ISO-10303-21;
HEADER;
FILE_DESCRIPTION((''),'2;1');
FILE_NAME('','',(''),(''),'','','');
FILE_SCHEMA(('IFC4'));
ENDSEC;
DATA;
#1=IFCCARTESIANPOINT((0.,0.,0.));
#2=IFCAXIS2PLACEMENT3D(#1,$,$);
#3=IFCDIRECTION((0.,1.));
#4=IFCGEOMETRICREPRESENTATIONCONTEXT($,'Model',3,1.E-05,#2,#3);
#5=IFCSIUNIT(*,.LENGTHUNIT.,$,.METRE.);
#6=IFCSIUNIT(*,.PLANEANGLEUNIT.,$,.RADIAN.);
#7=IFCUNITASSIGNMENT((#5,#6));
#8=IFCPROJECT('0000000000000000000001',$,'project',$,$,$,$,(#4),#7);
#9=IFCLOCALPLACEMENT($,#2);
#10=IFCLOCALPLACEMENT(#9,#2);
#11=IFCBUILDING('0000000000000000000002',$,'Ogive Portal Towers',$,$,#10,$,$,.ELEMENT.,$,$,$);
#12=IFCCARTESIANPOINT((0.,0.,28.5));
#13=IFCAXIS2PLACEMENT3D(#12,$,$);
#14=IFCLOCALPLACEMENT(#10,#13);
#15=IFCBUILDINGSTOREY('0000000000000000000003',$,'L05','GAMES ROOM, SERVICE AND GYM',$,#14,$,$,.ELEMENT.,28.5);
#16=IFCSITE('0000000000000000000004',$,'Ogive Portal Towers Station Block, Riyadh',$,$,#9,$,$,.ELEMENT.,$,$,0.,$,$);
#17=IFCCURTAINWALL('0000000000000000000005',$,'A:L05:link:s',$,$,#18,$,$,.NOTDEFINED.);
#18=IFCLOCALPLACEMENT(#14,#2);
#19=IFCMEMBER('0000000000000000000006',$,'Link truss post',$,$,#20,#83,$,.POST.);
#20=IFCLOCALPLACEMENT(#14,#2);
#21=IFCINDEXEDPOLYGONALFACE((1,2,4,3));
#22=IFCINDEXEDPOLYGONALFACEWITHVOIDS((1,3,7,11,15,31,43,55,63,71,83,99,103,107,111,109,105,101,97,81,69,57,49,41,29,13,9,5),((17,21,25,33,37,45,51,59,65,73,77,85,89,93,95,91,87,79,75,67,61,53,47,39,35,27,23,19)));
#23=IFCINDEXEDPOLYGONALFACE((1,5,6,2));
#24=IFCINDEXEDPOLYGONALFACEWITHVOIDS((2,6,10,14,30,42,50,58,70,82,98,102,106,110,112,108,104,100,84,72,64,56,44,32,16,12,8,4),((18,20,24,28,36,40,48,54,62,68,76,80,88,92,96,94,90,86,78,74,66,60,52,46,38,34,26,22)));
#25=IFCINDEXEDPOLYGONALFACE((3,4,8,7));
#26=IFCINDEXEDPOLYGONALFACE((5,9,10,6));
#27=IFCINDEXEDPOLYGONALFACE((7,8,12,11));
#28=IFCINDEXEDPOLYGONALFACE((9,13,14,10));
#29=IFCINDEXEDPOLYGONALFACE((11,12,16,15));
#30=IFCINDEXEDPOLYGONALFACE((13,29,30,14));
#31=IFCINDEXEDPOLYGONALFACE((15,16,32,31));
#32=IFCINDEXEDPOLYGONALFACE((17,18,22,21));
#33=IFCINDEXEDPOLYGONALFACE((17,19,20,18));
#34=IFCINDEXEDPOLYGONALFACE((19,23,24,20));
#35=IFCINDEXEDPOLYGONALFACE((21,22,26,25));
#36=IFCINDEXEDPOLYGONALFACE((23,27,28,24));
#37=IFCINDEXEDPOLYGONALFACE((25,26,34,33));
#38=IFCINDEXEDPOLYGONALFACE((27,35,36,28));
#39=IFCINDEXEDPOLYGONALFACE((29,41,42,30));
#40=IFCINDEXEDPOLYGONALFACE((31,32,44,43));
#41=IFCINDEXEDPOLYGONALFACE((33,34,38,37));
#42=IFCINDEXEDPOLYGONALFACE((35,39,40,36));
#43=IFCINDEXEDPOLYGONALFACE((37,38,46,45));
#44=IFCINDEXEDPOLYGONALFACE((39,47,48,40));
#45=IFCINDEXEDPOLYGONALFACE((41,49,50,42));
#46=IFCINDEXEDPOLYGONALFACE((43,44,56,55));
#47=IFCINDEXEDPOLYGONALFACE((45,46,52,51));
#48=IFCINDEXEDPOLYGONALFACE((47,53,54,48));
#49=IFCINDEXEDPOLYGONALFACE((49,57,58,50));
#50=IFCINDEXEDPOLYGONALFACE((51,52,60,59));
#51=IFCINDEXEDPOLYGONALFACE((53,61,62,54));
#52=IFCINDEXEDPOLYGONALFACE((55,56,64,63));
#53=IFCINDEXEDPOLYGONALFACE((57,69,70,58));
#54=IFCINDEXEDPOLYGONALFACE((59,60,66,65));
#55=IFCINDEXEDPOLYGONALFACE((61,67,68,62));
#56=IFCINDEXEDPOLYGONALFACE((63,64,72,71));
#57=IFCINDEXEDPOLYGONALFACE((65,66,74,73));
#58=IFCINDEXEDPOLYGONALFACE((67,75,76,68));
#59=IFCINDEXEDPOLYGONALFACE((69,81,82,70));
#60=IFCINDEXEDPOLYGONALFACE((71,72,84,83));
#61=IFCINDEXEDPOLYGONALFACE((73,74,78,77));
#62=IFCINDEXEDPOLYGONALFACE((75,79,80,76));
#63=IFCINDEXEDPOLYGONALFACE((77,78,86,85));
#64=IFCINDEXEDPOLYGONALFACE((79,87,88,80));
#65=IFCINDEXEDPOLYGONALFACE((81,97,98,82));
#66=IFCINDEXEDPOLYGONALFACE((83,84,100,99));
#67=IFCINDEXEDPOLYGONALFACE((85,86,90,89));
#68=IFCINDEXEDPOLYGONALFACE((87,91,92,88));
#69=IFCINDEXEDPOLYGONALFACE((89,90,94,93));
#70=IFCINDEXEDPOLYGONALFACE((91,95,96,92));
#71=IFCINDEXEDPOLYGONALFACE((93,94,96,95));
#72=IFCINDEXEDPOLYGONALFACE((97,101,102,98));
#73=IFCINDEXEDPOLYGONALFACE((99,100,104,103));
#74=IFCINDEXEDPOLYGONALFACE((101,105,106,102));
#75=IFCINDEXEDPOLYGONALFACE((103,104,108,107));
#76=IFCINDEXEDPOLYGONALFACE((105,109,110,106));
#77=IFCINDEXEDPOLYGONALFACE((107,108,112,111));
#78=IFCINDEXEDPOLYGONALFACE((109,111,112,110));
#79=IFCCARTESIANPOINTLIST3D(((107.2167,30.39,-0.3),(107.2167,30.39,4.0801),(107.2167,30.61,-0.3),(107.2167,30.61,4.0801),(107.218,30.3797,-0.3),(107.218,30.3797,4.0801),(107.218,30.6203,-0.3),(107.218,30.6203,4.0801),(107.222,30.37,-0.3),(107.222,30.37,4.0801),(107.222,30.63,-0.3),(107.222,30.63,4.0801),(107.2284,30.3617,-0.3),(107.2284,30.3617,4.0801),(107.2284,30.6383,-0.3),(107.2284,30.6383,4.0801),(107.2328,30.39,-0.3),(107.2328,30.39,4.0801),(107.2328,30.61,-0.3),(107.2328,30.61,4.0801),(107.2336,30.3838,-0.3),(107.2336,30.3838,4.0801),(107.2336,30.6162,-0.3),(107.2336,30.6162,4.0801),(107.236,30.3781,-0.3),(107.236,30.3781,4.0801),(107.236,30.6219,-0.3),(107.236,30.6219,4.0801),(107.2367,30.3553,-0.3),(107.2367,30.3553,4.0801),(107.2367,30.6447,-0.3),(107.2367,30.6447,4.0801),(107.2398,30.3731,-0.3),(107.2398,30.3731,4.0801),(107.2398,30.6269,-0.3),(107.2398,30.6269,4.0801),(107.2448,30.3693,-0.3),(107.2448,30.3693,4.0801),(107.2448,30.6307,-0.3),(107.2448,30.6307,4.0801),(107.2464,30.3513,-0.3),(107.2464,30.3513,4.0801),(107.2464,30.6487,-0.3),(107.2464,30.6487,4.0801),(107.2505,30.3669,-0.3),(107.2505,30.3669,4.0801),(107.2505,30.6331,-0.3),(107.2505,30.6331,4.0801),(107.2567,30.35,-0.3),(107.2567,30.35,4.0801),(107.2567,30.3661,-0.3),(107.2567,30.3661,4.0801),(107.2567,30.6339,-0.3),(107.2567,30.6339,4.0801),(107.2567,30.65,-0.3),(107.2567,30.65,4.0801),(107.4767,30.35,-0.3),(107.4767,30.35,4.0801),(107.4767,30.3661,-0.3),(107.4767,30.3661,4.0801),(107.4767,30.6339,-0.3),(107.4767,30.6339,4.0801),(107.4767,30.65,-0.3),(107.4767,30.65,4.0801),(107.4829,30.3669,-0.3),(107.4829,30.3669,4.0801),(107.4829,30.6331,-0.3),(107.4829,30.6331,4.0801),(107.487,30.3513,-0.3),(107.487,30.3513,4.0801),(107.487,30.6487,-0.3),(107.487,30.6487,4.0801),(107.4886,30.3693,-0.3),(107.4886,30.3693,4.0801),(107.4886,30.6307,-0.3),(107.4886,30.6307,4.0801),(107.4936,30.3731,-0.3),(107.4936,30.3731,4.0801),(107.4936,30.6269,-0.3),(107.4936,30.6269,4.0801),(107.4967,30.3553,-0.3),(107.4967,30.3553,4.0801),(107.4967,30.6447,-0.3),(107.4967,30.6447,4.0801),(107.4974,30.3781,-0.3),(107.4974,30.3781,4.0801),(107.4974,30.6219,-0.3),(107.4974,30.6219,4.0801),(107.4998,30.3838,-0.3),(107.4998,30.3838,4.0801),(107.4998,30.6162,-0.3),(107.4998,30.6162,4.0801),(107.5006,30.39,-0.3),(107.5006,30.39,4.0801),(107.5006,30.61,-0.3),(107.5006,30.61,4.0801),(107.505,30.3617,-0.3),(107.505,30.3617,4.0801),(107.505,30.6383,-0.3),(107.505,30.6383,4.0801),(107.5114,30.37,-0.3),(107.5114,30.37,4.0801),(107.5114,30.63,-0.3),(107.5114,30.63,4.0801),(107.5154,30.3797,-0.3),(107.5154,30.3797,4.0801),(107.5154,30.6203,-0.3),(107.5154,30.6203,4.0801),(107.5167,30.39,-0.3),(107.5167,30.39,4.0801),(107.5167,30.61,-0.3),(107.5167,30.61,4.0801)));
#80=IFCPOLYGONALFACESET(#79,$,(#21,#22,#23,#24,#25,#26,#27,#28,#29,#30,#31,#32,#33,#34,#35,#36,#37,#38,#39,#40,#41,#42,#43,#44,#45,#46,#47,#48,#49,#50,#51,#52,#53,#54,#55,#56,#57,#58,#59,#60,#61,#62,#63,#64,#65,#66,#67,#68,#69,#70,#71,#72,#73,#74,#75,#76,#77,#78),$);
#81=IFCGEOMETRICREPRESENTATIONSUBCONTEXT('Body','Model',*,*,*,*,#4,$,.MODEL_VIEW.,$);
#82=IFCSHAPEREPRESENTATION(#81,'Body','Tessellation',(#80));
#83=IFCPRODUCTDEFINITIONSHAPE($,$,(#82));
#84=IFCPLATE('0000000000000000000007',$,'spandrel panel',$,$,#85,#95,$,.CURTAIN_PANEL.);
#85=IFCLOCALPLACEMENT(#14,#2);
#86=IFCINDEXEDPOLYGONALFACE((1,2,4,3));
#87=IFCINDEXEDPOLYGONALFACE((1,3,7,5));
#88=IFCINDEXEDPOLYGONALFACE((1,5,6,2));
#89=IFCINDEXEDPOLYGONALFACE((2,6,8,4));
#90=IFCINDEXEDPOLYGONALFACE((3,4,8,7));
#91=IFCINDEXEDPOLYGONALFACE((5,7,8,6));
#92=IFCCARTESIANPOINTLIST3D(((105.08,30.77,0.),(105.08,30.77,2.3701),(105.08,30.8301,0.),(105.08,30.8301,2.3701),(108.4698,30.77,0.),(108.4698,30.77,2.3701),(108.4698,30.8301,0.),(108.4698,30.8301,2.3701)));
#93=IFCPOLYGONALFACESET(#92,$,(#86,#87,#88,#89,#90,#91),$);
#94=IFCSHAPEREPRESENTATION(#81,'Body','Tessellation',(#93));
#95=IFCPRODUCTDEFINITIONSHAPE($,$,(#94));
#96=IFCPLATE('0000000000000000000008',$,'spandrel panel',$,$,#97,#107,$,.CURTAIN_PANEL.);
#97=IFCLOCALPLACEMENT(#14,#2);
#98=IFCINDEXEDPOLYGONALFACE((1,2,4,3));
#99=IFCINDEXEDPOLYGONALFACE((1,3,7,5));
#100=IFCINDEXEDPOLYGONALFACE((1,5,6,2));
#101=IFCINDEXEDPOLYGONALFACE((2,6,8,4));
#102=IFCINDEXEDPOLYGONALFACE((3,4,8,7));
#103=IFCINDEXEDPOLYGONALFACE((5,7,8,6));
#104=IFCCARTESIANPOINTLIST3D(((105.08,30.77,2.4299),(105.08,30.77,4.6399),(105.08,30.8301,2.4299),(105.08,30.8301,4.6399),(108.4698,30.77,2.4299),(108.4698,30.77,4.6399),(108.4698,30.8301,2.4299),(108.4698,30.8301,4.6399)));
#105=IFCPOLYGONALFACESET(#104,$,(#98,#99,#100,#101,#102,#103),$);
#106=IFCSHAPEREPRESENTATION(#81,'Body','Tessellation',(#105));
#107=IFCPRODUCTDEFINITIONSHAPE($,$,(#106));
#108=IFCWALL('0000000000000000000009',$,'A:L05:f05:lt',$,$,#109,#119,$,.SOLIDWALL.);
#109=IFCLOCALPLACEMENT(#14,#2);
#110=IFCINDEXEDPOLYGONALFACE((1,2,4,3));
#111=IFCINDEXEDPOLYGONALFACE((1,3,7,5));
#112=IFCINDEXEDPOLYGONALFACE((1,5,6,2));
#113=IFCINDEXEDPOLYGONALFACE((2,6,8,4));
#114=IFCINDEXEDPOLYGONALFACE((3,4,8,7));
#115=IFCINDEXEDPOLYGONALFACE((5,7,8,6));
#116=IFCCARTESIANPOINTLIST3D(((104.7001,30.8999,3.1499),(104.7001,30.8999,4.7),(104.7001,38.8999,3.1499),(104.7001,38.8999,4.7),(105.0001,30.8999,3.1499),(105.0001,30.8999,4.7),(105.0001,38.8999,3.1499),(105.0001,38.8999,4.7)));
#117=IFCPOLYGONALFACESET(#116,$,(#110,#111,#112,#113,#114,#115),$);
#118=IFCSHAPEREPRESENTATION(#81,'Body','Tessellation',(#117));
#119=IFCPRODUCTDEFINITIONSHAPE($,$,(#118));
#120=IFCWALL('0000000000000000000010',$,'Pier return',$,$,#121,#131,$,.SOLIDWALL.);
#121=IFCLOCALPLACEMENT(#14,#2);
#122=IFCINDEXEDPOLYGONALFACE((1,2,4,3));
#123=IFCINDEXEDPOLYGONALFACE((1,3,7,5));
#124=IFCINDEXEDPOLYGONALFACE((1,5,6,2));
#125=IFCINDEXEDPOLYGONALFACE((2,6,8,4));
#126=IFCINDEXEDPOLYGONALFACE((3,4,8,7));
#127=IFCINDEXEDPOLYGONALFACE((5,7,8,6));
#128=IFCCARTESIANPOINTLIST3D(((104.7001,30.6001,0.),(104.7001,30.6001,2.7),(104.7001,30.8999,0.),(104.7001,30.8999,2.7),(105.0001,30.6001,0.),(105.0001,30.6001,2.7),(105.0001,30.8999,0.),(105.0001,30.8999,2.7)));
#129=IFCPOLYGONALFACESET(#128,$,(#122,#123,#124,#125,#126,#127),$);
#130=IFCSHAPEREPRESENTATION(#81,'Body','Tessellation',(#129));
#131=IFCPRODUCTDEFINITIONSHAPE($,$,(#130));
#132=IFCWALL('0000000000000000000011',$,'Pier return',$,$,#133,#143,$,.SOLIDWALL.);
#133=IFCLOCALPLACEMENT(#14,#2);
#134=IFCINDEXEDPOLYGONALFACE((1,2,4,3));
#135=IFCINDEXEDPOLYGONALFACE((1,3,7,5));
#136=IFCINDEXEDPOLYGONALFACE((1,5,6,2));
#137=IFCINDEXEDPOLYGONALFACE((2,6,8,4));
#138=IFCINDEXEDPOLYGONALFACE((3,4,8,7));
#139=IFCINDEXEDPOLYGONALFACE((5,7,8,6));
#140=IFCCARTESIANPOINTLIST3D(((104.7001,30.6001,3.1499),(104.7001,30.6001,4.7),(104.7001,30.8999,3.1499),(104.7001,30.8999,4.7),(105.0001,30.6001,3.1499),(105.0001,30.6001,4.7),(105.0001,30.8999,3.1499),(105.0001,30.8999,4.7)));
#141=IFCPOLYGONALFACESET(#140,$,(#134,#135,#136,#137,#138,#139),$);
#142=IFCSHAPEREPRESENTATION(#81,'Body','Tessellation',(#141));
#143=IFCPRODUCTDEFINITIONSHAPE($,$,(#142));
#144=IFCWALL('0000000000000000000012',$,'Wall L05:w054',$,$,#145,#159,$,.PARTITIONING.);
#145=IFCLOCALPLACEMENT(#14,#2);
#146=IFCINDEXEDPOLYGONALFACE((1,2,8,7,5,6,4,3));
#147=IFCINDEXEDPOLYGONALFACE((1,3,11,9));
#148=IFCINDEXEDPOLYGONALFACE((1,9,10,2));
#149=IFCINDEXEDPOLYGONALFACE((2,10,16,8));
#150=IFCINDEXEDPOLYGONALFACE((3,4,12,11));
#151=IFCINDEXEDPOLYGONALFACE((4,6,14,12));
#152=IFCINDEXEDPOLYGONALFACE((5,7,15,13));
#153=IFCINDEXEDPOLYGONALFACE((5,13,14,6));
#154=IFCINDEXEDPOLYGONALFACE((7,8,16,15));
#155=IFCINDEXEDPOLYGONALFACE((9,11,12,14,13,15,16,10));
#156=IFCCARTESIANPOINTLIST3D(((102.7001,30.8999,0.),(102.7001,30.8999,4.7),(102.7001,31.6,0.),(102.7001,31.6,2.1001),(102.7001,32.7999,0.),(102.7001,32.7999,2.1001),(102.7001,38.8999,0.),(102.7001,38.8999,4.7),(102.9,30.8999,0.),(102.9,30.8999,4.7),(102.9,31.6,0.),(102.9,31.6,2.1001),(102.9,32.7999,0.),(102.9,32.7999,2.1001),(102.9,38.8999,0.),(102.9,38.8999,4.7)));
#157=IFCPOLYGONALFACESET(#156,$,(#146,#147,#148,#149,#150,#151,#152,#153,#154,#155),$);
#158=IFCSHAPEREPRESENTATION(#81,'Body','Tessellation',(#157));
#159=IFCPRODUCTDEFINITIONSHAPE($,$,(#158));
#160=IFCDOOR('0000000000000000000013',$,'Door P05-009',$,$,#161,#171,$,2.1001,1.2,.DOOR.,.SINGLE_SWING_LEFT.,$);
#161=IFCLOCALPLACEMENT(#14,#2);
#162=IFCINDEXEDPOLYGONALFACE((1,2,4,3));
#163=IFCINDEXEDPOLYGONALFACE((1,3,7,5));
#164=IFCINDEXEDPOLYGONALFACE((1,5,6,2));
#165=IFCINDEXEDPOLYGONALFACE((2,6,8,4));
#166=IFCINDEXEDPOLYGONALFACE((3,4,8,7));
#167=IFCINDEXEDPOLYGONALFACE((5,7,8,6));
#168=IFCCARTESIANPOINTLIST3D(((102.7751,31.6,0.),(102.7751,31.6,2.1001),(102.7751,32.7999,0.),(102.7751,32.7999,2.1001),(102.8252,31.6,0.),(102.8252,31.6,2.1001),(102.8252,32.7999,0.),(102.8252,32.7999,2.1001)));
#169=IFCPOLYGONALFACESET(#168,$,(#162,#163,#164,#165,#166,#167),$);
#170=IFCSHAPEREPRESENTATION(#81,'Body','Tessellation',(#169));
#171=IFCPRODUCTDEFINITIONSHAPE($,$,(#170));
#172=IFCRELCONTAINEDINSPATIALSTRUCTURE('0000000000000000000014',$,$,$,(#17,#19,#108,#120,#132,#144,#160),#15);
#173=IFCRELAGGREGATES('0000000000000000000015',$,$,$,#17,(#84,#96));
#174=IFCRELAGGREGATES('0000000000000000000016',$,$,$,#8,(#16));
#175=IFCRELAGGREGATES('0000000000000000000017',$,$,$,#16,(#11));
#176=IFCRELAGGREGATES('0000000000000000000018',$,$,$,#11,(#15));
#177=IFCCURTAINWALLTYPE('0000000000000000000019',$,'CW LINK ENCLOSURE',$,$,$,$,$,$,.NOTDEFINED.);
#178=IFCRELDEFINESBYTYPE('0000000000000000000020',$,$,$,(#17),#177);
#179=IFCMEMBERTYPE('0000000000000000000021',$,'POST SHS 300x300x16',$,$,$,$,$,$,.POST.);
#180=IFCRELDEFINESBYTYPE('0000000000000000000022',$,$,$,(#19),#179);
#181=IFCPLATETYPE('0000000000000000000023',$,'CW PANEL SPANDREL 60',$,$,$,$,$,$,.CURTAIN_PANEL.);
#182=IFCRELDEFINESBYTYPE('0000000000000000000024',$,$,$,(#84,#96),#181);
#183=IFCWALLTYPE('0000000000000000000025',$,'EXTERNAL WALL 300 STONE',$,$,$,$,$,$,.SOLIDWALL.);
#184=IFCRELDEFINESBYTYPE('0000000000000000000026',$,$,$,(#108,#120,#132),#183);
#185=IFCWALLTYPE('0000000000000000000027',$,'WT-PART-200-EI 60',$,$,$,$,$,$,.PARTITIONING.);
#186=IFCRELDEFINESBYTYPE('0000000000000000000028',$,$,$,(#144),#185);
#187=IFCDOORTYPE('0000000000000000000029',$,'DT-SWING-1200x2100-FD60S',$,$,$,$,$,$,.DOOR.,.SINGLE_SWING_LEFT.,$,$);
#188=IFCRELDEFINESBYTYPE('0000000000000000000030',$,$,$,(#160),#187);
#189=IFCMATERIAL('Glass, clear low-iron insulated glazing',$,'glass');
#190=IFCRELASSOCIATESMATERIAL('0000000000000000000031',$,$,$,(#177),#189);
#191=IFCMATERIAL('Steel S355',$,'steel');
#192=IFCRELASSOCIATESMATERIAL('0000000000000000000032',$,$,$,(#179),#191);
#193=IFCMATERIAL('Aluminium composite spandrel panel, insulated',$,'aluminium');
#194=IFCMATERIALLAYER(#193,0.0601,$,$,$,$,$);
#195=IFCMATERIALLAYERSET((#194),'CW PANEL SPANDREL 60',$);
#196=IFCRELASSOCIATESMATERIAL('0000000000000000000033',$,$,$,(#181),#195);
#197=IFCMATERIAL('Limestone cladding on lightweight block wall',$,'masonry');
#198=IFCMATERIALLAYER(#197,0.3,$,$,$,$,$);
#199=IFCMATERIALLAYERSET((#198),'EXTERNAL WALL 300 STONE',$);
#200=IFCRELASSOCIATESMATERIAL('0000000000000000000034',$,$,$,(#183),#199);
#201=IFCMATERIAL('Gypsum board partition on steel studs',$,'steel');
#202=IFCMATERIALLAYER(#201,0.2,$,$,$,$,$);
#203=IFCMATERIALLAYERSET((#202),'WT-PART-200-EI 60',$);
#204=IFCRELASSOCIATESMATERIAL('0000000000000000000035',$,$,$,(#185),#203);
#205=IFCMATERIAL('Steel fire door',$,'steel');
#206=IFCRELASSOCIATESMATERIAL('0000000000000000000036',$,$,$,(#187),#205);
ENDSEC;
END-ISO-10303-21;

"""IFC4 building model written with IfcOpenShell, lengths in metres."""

from ifc_helpers import new_model, si_unit, direction, frame, frame_2d, origin, origin_2d, place, context, subcontext, project, spatial, rectangle, hollow_rectangle, extrude, material, layer, layer_set, material_profile, profile_set, type_object, element, fill, aggregate, save


model = new_model("IFC4")

# Units and contexts
model_context = context("Model", 3, precision=1e-05, world=origin(), true_north=direction((0.0, 1.0)))
body_context = subcontext(model_context, "Body", "Model", "MODEL_VIEW")
ifc_project = project(units=[si_unit("LENGTHUNIT", "METRE"), si_unit("PLANEANGLEUNIT", "RADIAN")], contexts=[model_context])

# Site, building, storey
site_placement = place(None, origin())
site = spatial("IfcSite", under=ifc_project, at=site_placement, Name="Ogive Portal Towers Station Block, Riyadh", CompositionType="ELEMENT", RefElevation=0.0)
building_placement = place(site_placement, origin())
building = spatial("IfcBuilding", under=site, at=building_placement, Name="Ogive Portal Towers", CompositionType="ELEMENT")
storey_placement = place(building_placement, frame((0.0, 0.0, 28.5)))
storey = spatial("IfcBuildingStorey", under=building, at=storey_placement, Name="L05", Description="GAMES ROOM, SERVICE AND GYM", CompositionType="ELEMENT", Elevation=28.5)

# Shared definitions
ifc_material_1 = material(Name="Steel S355", Category="steel")

# Curtain wall
ifc_material_2 = material(Name="Glass, clear low-iron insulated glazing", Category="glass")
curtain_wall_type = type_object("IfcCurtainWallType", Name="CW LINK ENCLOSURE", PredefinedType="NOTDEFINED", material=ifc_material_2)
curtain_wall_placement = place(storey_placement, origin())
curtain_wall = element("IfcCurtainWall", 1, at=curtain_wall_placement, inside=storey, type_object=curtain_wall_type, Name="A:L05:link:s", PredefinedType="NOTDEFINED")

# Member
ifc_material_profile_1 = material_profile(ifc_material_1, hollow_rectangle(XDim=0.3, YDim=0.3, WallThickness=0.0161, InnerFilletRadius=0.0239, OuterFilletRadius=0.04, at=origin_2d()), Name="SHS 300x300x16")
ifc_profile_set_1 = profile_set([ifc_material_profile_1], Name="Steel S355")
member_type_1 = type_object("IfcMemberType", Name="POST SHS 300x300x16", PredefinedType="POST", material=ifc_profile_set_1)
member_1_placement = place(storey_placement, frame((107.3667, 30.5, -0.3), z_axis=(0.0, 0.0, 1.0), x_axis=(1.0, 0.0, 0.0)))
element("IfcMember", 2, at=member_1_placement, inside=storey, type_object=member_type_1, Name="Link truss post", PredefinedType="POST", context=body_context, shape_type="SweptSolid", body=[
    extrude(hollow_rectangle(XDim=0.3, YDim=0.3, WallThickness=0.0161, InnerFilletRadius=0.0239, OuterFilletRadius=0.04, at=origin_2d()), origin(), (0.0, 0.0, 1.0), 4.3801),
])

# Plates
ifc_material_3 = material(Name="Aluminium composite spandrel panel, insulated", Category="aluminium")
ifc_layer_1 = layer(ifc_material_3, 0.0601)
ifc_layer_set_1 = layer_set([ifc_layer_1], Name="CW PANEL SPANDREL 60")
plate_type = type_object("IfcPlateType", Name="CW PANEL SPANDREL 60", PredefinedType="CURTAIN_PANEL", material=ifc_layer_set_1)
plate_1_placement = place(storey_placement, frame((106.7749, 30.8, 0.0), z_axis=(0.0, 0.0, 1.0), x_axis=(1.0, 0.0, 0.0)))
plate_1 = element("IfcPlate", 3, at=plate_1_placement, type_object=plate_type, Name="spandrel panel", PredefinedType="CURTAIN_PANEL", context=body_context, shape_type="SweptSolid", body=[
    extrude(rectangle(XDim=3.3899, YDim=0.0601, at=origin_2d()), origin(), (0.0, 0.0, 1.0), 2.3701),
])
plate_2_placement = place(storey_placement, frame((106.7749, 30.8, 2.4299), z_axis=(0.0, 0.0, 1.0), x_axis=(1.0, 0.0, 0.0)))
plate_2 = element("IfcPlate", 4, at=plate_2_placement, type_object=plate_type, Name="spandrel panel", PredefinedType="CURTAIN_PANEL", context=body_context, shape_type="SweptSolid", body=[
    extrude(rectangle(XDim=3.3899, YDim=0.0601, at=origin_2d()), origin(), (0.0, 0.0, 1.0), 2.21),
])
aggregate(curtain_wall, [plate_1, plate_2])

# Walls
ifc_material_4 = material(Name="Limestone cladding on lightweight block wall", Category="masonry")
ifc_layer_2 = layer(ifc_material_4, 0.3)
ifc_layer_set_2 = layer_set([ifc_layer_2], Name="EXTERNAL WALL 300 STONE")
wall_type_1 = type_object("IfcWallType", Name="EXTERNAL WALL 300 STONE", PredefinedType="SOLIDWALL", material=ifc_layer_set_2)
wall_1_placement = place(storey_placement, frame((104.8501, 30.8999, 3.1499), z_axis=(0.0, 0.0, 1.0), x_axis=(0.0, 1.0, 0.0)))
element("IfcWall", 5, at=wall_1_placement, inside=storey, type_object=wall_type_1, Name="A:L05:f05:lt", PredefinedType="SOLIDWALL", context=body_context, shape_type="SweptSolid", body=[
    extrude(rectangle(XDim=8.0, YDim=0.3, at=frame_2d((4.0, 0.0))), origin(), (0.0, 0.0, 1.0), 1.55),
])
wall_2_placement = place(storey_placement, frame((104.8501, 30.6001, 0.0), z_axis=(0.0, 0.0, 1.0), x_axis=(0.0, 1.0, 0.0)))
element("IfcWall", 6, at=wall_2_placement, inside=storey, type_object=wall_type_1, Name="Pier return", PredefinedType="SOLIDWALL", context=body_context, shape_type="SweptSolid", body=[
    extrude(rectangle(XDim=0.2998, YDim=0.3, at=frame_2d((0.1499, 0.0))), origin(), (0.0, 0.0, 1.0), 2.7),
])
wall_3_placement = place(storey_placement, frame((104.8501, 30.6001, 3.1499), z_axis=(0.0, 0.0, 1.0), x_axis=(0.0, 1.0, 0.0)))
element("IfcWall", 7, at=wall_3_placement, inside=storey, type_object=wall_type_1, Name="Pier return", PredefinedType="SOLIDWALL", context=body_context, shape_type="SweptSolid", body=[
    extrude(rectangle(XDim=0.2998, YDim=0.3, at=frame_2d((0.1499, 0.0))), origin(), (0.0, 0.0, 1.0), 1.55),
])

# Wall, opening, door
ifc_material_5 = material(Name="Gypsum board partition on steel studs", Category="steel")
ifc_layer_3 = layer(ifc_material_5, 0.2)
ifc_layer_set_3 = layer_set([ifc_layer_3], Name="WT-PART-200-EI 60")
wall_type_2 = type_object("IfcWallType", Name="WT-PART-200-EI 60", PredefinedType="PARTITIONING", material=ifc_layer_set_3)
wall_4_placement = place(storey_placement, frame((102.8, 30.8999, 0.0), z_axis=(0.0, 0.0, 1.0), x_axis=(0.0, 1.0, 0.0)))
wall_4 = element("IfcWall", 8, at=wall_4_placement, inside=storey, type_object=wall_type_2, Name="Wall L05:w054", PredefinedType="PARTITIONING", context=body_context, shape_type="SweptSolid", body=[
    extrude(rectangle(XDim=8.0, YDim=0.2, at=frame_2d((4.0, 0.0))), origin(), (0.0, 0.0, 1.0), 4.7),
])
opening_1_placement = place(wall_4_placement, frame((0.7, 0.0, 0.0)))
opening_1 = element("IfcOpeningElement", 9, at=opening_1_placement, cuts=wall_4, PredefinedType="OPENING", context=body_context, shape_type="SweptSolid", body=[
    extrude(rectangle(XDim=1.2, YDim=2.1001, at=frame_2d((0.6001, 1.05))), frame((0.0, 0.1099, 0.0), z_axis=(0.0, -1.0, 0.0), x_axis=(1.0, 0.0, 0.0)), (0.0, 0.0, 1.0), 0.22),
])
ifc_material_6 = material(Name="Steel fire door", Category="steel")
door_type = type_object("IfcDoorType", Name="DT-SWING-1200x2100-FD60S", OperationType="SINGLE_SWING_LEFT", PredefinedType="DOOR", material=ifc_material_6)
door_1_placement = place(opening_1_placement, origin())
door_1 = element("IfcDoor", 10, at=door_1_placement, inside=storey, type_object=door_type, Name="Door P05-009", OperationType="SINGLE_SWING_LEFT", OverallHeight=2.1001, OverallWidth=1.2, PredefinedType="DOOR", context=body_context, shape_type="SweptSolid", body=[
    extrude(rectangle(XDim=1.2, YDim=2.1001, at=frame_2d((0.6001, 1.05))), frame((0.0, 0.0249, 0.0), z_axis=(0.0, -1.0, 0.0), x_axis=(1.0, 0.0, 0.0)), (0.0, 0.0, 1.0), 0.05),
])
fill(opening_1, door_1)

save(model, "model.ifc")
